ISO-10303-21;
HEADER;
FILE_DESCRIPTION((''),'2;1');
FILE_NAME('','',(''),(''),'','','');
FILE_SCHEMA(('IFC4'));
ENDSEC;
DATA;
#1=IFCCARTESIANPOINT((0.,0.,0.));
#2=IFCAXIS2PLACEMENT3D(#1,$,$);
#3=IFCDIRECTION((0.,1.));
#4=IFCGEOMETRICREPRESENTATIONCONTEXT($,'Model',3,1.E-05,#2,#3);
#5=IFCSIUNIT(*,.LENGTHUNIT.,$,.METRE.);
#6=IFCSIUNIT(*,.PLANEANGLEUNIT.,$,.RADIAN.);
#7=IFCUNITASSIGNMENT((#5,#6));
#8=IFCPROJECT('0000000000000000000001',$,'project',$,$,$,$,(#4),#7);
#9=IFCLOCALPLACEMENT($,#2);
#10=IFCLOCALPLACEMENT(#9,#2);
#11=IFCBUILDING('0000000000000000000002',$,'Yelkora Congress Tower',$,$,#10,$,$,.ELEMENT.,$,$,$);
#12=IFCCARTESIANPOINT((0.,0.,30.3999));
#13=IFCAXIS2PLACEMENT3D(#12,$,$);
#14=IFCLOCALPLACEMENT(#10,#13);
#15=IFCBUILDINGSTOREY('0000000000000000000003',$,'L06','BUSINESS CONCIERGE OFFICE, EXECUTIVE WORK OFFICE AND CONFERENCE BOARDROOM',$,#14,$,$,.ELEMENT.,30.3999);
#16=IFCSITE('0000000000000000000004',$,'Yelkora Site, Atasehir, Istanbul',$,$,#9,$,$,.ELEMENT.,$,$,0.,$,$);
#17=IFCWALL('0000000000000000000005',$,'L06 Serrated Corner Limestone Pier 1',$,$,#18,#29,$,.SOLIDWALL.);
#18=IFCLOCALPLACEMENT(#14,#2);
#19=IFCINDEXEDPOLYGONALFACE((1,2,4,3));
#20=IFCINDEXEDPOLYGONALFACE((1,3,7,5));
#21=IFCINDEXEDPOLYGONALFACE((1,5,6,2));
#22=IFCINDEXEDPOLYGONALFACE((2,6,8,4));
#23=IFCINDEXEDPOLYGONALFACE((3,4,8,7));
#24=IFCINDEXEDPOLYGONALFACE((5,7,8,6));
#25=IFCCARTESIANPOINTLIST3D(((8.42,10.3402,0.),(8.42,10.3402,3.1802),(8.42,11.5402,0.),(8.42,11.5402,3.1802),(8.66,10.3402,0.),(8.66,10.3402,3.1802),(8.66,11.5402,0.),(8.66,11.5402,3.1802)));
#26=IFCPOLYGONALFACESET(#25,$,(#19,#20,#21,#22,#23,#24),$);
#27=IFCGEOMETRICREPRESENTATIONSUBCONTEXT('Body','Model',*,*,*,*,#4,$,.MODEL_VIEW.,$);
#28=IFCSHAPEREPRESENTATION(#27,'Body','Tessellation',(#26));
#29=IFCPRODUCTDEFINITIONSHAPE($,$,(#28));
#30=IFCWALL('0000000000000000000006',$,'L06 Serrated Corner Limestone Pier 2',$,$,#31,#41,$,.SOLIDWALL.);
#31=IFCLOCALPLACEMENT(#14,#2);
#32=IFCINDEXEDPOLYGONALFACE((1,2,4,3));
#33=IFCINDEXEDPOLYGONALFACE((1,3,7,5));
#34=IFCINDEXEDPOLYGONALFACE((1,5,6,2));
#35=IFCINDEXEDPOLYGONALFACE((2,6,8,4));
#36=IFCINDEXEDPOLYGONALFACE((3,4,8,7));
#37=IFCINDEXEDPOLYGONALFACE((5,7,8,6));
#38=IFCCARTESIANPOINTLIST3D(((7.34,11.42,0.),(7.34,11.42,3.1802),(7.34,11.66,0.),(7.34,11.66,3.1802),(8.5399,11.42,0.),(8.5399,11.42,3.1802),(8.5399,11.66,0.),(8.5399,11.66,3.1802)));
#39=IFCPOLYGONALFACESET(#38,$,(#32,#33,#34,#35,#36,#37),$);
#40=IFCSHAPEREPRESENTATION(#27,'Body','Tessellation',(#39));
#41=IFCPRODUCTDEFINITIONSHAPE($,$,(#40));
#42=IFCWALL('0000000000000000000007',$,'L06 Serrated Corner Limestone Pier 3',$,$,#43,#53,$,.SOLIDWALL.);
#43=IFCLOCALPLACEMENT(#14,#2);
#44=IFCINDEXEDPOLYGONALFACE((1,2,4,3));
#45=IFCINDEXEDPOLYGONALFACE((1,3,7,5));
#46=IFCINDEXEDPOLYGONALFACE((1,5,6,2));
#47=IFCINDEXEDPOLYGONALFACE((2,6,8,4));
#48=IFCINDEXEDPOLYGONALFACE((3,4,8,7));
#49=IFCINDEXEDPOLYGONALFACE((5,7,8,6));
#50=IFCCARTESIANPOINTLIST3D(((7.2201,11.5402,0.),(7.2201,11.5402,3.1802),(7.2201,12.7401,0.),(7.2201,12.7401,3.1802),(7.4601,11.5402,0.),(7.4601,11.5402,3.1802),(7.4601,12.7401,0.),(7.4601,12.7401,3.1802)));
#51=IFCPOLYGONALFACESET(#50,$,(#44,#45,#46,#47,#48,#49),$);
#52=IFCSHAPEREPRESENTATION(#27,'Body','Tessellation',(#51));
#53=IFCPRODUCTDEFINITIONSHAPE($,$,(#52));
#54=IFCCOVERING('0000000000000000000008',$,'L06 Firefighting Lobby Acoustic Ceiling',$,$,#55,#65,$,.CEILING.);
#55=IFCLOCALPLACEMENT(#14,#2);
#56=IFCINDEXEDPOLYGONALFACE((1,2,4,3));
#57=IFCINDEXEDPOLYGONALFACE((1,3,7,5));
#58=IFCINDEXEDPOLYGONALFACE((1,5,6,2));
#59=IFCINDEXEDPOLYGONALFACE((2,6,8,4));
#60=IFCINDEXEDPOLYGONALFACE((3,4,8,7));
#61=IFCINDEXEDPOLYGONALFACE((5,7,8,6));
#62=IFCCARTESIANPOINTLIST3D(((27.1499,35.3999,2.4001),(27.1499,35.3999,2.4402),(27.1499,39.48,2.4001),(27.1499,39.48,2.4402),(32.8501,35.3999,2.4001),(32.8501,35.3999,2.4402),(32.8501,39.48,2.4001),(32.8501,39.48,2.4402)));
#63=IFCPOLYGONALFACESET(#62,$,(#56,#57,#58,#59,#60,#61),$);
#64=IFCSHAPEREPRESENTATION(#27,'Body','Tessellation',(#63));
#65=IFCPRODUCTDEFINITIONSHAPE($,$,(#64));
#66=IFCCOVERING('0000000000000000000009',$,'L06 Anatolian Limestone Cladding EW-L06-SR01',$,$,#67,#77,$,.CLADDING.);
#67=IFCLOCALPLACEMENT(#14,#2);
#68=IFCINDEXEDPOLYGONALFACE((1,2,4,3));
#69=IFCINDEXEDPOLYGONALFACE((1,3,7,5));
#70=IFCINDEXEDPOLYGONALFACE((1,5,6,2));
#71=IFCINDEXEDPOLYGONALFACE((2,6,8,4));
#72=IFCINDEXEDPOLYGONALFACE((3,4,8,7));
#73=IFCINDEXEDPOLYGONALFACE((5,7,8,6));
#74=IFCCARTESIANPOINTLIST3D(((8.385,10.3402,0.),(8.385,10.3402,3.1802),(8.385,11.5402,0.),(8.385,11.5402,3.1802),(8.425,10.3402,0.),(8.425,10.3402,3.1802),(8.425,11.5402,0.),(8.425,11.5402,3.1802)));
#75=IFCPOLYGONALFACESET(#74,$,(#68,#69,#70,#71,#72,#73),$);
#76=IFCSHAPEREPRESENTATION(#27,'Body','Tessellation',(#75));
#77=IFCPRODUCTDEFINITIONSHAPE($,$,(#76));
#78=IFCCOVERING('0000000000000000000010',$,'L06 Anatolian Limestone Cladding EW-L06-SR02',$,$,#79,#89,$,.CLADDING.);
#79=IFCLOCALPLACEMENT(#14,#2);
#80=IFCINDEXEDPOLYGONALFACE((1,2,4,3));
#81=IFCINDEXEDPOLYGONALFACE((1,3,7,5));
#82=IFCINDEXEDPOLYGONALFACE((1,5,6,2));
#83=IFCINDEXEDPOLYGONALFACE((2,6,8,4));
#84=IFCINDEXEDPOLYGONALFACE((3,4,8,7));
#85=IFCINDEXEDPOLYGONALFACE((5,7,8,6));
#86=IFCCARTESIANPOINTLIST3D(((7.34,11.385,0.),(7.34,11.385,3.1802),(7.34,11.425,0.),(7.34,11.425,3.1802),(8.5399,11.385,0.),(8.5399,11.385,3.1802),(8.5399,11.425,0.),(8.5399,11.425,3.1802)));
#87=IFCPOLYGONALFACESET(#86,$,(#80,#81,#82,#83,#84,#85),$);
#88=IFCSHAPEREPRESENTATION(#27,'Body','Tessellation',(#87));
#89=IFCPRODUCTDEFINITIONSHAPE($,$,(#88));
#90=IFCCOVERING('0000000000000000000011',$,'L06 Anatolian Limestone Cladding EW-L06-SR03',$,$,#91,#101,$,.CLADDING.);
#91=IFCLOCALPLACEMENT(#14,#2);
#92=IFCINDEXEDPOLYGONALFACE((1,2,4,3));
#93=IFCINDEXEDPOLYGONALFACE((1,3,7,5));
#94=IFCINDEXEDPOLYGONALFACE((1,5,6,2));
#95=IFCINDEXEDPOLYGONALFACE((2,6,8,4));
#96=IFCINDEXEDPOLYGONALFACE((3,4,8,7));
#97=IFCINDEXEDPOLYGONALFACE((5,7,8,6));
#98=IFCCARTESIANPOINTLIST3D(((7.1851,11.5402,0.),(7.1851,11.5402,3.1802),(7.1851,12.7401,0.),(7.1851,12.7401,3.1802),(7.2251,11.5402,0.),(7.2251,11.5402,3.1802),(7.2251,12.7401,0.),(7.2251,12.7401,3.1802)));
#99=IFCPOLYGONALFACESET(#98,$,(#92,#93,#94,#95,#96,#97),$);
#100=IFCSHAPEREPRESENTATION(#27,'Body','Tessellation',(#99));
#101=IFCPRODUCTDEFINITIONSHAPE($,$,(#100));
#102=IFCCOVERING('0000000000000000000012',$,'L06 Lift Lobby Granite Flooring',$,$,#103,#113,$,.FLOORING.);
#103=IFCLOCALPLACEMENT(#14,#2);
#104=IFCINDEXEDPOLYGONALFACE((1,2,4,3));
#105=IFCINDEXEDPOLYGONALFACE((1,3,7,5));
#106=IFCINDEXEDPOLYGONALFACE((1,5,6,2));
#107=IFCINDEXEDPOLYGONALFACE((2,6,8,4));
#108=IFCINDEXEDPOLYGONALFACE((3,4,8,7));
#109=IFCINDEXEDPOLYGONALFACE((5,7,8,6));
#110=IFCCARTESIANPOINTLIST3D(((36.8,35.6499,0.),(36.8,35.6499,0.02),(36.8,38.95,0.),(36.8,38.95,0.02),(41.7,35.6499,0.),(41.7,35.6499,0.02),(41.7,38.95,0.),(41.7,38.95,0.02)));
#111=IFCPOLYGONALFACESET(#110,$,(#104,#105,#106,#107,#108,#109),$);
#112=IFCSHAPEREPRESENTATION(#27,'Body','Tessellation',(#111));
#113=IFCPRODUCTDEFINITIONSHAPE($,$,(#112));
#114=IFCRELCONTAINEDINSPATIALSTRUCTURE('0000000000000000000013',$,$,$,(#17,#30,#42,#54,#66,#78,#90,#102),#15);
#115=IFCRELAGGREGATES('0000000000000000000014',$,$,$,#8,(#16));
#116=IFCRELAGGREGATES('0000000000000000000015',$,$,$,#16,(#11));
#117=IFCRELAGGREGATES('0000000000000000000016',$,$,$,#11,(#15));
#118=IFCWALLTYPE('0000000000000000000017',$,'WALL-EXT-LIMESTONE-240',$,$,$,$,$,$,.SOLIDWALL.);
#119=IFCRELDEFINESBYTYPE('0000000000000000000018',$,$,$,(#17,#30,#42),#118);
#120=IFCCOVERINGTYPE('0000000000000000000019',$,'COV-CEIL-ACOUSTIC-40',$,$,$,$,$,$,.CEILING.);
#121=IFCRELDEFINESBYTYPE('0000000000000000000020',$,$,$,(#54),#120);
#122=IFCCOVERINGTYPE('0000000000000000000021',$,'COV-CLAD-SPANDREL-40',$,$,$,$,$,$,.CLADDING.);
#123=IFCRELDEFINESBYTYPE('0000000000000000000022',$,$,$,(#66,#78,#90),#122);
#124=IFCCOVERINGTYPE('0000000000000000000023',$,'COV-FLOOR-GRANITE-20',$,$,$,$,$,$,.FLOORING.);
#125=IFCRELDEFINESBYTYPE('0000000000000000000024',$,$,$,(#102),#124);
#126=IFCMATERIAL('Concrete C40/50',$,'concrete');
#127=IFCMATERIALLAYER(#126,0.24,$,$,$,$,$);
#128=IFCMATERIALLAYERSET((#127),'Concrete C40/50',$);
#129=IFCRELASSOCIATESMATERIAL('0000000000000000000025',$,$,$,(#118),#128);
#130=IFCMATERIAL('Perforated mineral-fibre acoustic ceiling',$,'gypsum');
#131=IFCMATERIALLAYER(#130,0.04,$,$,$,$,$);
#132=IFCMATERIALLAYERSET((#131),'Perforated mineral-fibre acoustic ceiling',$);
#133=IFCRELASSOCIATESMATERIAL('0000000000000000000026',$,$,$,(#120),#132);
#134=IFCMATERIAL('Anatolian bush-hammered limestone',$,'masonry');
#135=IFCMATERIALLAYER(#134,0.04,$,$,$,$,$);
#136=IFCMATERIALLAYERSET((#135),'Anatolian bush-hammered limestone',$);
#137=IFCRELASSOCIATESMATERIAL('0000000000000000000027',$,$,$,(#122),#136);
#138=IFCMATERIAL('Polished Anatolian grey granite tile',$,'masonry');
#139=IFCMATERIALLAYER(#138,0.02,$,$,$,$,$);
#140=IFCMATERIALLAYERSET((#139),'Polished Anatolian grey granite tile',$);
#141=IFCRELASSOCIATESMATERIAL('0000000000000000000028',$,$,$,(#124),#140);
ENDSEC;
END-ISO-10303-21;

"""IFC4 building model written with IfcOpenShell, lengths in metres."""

from ifc_helpers import new_model, si_unit, direction, frame, frame_2d, origin, place, context, subcontext, project, spatial, polyline, rectangle, outline, extrude, material, layer, layer_set, type_object, element, save


model = new_model("IFC4")

# Units and contexts
model_context = context("Model", 3, precision=1e-05, world=origin(), true_north=direction((0.0, 1.0)))
body_context = subcontext(model_context, "Body", "Model", "MODEL_VIEW")
ifc_project = project(units=[si_unit("LENGTHUNIT", "METRE"), si_unit("PLANEANGLEUNIT", "RADIAN")], contexts=[model_context])

# Site, building, storey
site_placement = place(None, origin())
site = spatial("IfcSite", under=ifc_project, at=site_placement, Name="Yelkora Site, Atasehir, Istanbul", CompositionType="ELEMENT", RefElevation=0.0)
building_placement = place(site_placement, origin())
building = spatial("IfcBuilding", under=site, at=building_placement, Name="Yelkora Congress Tower", CompositionType="ELEMENT")
storey_placement = place(building_placement, frame((0.0, 0.0, 30.3999)))
storey = spatial("IfcBuildingStorey", under=building, at=storey_placement, Name="L06", Description="BUSINESS CONCIERGE OFFICE, EXECUTIVE WORK OFFICE AND CONFERENCE BOARDROOM", CompositionType="ELEMENT", Elevation=30.3999)

# Shared definitions
ifc_material_1 = material(Name="Concrete C40/50", Category="concrete")

# Walls
ifc_layer_1 = layer(ifc_material_1, 0.24)
ifc_layer_set_1 = layer_set([ifc_layer_1], Name="Concrete C40/50")
wall_type = type_object("IfcWallType", Name="WALL-EXT-LIMESTONE-240", PredefinedType="SOLIDWALL", material=ifc_layer_set_1)
for number, where, z_axis, x_axis, name in (
    (1, (8.54, 10.3401, 0.0), (0.0, 0.0, 1.0), (0.0, 1.0, 0.0), "L06 Serrated Corner Limestone Pier 1"),
    (2, (8.54, 11.54, 0.0), (0.0, 0.0, 1.0), (-1.0, 0.0, 0.0), "L06 Serrated Corner Limestone Pier 2"),
    (3, (7.3401, 11.54, 0.0), (0.0, 0.0, 1.0), (0.0, 1.0, 0.0), "L06 Serrated Corner Limestone Pier 3"),
):
    element("IfcWall", number, at=place(storey_placement, frame(where, z_axis=z_axis, x_axis=x_axis)), inside=storey, type_object=wall_type, Name=name, PredefinedType="SOLIDWALL", context=body_context, shape_type="SweptSolid", body=[
        extrude(rectangle(XDim=1.2, YDim=0.24, at=frame_2d((0.6001, 0.0))), origin(), (0.0, 0.0, 1.0), 3.1802),
    ])

# Coverings
ifc_material_2 = material(Name="Perforated mineral-fibre acoustic ceiling", Category="gypsum")
ifc_layer_2 = layer(ifc_material_2, 0.04)
ifc_layer_set_2 = layer_set([ifc_layer_2], Name="Perforated mineral-fibre acoustic ceiling")
covering_type_1 = type_object("IfcCoveringType", Name="COV-CEIL-ACOUSTIC-40", PredefinedType="CEILING", material=ifc_layer_set_2)
covering_1_placement = place(storey_placement, frame((0.0, 0.0, 2.4001)))
element("IfcCovering", 4, at=covering_1_placement, inside=storey, type_object=covering_type_1, Name="L06 Firefighting Lobby Acoustic Ceiling", PredefinedType="CEILING", context=body_context, shape_type="SweptSolid", body=[
    extrude(outline(polyline([(27.1499, 35.3999), (32.8501, 35.3999), (32.8501, 39.48), (27.1499, 39.48), (27.1499, 35.3999)])), origin(), (0.0, 0.0, 1.0), 0.04),
])
ifc_material_3 = material(Name="Anatolian bush-hammered limestone", Category="masonry")
ifc_layer_3 = layer(ifc_material_3, 0.04)
ifc_layer_set_3 = layer_set([ifc_layer_3], Name="Anatolian bush-hammered limestone")
covering_type_2 = type_object("IfcCoveringType", Name="COV-CLAD-SPANDREL-40", PredefinedType="CLADDING", material=ifc_layer_set_3)
for number, where, z_axis, x_axis, name in (
    (5, (8.405, 10.3401, 0.0), (0.0, 0.0, 1.0), (0.0, 1.0, 0.0), "L06 Anatolian Limestone Cladding EW-L06-SR01"),
    (6, (8.54, 11.405, 0.0), (0.0, 0.0, 1.0), (-1.0, 0.0, 0.0), "L06 Anatolian Limestone Cladding EW-L06-SR02"),
    (7, (7.2051, 11.54, 0.0), (0.0, 0.0, 1.0), (0.0, 1.0, 0.0), "L06 Anatolian Limestone Cladding EW-L06-SR03"),
):
    element("IfcCovering", number, at=place(storey_placement, frame(where, z_axis=z_axis, x_axis=x_axis)), inside=storey, type_object=covering_type_2, Name=name, PredefinedType="CLADDING", context=body_context, shape_type="SweptSolid", body=[
        extrude(rectangle(XDim=1.2, YDim=0.04, at=frame_2d((0.6001, 0.0))), origin(), (0.0, 0.0, 1.0), 3.1802),
    ])
ifc_material_4 = material(Name="Polished Anatolian grey granite tile", Category="masonry")
ifc_layer_4 = layer(ifc_material_4, 0.02)
ifc_layer_set_4 = layer_set([ifc_layer_4], Name="Polished Anatolian grey granite tile")
covering_type_3 = type_object("IfcCoveringType", Name="COV-FLOOR-GRANITE-20", PredefinedType="FLOORING", material=ifc_layer_set_4)
covering_2_placement = place(storey_placement, origin())
element("IfcCovering", 8, at=covering_2_placement, inside=storey, type_object=covering_type_3, Name="L06 Lift Lobby Granite Flooring", PredefinedType="FLOORING", context=body_context, shape_type="SweptSolid", body=[
    extrude(outline(polyline([(36.8, 35.6499), (41.7, 35.6499), (41.7, 38.95), (36.8, 38.95), (36.8, 35.6499)])), origin(), (0.0, 0.0, 1.0), 0.02),
])

save(model, "model.ifc")
